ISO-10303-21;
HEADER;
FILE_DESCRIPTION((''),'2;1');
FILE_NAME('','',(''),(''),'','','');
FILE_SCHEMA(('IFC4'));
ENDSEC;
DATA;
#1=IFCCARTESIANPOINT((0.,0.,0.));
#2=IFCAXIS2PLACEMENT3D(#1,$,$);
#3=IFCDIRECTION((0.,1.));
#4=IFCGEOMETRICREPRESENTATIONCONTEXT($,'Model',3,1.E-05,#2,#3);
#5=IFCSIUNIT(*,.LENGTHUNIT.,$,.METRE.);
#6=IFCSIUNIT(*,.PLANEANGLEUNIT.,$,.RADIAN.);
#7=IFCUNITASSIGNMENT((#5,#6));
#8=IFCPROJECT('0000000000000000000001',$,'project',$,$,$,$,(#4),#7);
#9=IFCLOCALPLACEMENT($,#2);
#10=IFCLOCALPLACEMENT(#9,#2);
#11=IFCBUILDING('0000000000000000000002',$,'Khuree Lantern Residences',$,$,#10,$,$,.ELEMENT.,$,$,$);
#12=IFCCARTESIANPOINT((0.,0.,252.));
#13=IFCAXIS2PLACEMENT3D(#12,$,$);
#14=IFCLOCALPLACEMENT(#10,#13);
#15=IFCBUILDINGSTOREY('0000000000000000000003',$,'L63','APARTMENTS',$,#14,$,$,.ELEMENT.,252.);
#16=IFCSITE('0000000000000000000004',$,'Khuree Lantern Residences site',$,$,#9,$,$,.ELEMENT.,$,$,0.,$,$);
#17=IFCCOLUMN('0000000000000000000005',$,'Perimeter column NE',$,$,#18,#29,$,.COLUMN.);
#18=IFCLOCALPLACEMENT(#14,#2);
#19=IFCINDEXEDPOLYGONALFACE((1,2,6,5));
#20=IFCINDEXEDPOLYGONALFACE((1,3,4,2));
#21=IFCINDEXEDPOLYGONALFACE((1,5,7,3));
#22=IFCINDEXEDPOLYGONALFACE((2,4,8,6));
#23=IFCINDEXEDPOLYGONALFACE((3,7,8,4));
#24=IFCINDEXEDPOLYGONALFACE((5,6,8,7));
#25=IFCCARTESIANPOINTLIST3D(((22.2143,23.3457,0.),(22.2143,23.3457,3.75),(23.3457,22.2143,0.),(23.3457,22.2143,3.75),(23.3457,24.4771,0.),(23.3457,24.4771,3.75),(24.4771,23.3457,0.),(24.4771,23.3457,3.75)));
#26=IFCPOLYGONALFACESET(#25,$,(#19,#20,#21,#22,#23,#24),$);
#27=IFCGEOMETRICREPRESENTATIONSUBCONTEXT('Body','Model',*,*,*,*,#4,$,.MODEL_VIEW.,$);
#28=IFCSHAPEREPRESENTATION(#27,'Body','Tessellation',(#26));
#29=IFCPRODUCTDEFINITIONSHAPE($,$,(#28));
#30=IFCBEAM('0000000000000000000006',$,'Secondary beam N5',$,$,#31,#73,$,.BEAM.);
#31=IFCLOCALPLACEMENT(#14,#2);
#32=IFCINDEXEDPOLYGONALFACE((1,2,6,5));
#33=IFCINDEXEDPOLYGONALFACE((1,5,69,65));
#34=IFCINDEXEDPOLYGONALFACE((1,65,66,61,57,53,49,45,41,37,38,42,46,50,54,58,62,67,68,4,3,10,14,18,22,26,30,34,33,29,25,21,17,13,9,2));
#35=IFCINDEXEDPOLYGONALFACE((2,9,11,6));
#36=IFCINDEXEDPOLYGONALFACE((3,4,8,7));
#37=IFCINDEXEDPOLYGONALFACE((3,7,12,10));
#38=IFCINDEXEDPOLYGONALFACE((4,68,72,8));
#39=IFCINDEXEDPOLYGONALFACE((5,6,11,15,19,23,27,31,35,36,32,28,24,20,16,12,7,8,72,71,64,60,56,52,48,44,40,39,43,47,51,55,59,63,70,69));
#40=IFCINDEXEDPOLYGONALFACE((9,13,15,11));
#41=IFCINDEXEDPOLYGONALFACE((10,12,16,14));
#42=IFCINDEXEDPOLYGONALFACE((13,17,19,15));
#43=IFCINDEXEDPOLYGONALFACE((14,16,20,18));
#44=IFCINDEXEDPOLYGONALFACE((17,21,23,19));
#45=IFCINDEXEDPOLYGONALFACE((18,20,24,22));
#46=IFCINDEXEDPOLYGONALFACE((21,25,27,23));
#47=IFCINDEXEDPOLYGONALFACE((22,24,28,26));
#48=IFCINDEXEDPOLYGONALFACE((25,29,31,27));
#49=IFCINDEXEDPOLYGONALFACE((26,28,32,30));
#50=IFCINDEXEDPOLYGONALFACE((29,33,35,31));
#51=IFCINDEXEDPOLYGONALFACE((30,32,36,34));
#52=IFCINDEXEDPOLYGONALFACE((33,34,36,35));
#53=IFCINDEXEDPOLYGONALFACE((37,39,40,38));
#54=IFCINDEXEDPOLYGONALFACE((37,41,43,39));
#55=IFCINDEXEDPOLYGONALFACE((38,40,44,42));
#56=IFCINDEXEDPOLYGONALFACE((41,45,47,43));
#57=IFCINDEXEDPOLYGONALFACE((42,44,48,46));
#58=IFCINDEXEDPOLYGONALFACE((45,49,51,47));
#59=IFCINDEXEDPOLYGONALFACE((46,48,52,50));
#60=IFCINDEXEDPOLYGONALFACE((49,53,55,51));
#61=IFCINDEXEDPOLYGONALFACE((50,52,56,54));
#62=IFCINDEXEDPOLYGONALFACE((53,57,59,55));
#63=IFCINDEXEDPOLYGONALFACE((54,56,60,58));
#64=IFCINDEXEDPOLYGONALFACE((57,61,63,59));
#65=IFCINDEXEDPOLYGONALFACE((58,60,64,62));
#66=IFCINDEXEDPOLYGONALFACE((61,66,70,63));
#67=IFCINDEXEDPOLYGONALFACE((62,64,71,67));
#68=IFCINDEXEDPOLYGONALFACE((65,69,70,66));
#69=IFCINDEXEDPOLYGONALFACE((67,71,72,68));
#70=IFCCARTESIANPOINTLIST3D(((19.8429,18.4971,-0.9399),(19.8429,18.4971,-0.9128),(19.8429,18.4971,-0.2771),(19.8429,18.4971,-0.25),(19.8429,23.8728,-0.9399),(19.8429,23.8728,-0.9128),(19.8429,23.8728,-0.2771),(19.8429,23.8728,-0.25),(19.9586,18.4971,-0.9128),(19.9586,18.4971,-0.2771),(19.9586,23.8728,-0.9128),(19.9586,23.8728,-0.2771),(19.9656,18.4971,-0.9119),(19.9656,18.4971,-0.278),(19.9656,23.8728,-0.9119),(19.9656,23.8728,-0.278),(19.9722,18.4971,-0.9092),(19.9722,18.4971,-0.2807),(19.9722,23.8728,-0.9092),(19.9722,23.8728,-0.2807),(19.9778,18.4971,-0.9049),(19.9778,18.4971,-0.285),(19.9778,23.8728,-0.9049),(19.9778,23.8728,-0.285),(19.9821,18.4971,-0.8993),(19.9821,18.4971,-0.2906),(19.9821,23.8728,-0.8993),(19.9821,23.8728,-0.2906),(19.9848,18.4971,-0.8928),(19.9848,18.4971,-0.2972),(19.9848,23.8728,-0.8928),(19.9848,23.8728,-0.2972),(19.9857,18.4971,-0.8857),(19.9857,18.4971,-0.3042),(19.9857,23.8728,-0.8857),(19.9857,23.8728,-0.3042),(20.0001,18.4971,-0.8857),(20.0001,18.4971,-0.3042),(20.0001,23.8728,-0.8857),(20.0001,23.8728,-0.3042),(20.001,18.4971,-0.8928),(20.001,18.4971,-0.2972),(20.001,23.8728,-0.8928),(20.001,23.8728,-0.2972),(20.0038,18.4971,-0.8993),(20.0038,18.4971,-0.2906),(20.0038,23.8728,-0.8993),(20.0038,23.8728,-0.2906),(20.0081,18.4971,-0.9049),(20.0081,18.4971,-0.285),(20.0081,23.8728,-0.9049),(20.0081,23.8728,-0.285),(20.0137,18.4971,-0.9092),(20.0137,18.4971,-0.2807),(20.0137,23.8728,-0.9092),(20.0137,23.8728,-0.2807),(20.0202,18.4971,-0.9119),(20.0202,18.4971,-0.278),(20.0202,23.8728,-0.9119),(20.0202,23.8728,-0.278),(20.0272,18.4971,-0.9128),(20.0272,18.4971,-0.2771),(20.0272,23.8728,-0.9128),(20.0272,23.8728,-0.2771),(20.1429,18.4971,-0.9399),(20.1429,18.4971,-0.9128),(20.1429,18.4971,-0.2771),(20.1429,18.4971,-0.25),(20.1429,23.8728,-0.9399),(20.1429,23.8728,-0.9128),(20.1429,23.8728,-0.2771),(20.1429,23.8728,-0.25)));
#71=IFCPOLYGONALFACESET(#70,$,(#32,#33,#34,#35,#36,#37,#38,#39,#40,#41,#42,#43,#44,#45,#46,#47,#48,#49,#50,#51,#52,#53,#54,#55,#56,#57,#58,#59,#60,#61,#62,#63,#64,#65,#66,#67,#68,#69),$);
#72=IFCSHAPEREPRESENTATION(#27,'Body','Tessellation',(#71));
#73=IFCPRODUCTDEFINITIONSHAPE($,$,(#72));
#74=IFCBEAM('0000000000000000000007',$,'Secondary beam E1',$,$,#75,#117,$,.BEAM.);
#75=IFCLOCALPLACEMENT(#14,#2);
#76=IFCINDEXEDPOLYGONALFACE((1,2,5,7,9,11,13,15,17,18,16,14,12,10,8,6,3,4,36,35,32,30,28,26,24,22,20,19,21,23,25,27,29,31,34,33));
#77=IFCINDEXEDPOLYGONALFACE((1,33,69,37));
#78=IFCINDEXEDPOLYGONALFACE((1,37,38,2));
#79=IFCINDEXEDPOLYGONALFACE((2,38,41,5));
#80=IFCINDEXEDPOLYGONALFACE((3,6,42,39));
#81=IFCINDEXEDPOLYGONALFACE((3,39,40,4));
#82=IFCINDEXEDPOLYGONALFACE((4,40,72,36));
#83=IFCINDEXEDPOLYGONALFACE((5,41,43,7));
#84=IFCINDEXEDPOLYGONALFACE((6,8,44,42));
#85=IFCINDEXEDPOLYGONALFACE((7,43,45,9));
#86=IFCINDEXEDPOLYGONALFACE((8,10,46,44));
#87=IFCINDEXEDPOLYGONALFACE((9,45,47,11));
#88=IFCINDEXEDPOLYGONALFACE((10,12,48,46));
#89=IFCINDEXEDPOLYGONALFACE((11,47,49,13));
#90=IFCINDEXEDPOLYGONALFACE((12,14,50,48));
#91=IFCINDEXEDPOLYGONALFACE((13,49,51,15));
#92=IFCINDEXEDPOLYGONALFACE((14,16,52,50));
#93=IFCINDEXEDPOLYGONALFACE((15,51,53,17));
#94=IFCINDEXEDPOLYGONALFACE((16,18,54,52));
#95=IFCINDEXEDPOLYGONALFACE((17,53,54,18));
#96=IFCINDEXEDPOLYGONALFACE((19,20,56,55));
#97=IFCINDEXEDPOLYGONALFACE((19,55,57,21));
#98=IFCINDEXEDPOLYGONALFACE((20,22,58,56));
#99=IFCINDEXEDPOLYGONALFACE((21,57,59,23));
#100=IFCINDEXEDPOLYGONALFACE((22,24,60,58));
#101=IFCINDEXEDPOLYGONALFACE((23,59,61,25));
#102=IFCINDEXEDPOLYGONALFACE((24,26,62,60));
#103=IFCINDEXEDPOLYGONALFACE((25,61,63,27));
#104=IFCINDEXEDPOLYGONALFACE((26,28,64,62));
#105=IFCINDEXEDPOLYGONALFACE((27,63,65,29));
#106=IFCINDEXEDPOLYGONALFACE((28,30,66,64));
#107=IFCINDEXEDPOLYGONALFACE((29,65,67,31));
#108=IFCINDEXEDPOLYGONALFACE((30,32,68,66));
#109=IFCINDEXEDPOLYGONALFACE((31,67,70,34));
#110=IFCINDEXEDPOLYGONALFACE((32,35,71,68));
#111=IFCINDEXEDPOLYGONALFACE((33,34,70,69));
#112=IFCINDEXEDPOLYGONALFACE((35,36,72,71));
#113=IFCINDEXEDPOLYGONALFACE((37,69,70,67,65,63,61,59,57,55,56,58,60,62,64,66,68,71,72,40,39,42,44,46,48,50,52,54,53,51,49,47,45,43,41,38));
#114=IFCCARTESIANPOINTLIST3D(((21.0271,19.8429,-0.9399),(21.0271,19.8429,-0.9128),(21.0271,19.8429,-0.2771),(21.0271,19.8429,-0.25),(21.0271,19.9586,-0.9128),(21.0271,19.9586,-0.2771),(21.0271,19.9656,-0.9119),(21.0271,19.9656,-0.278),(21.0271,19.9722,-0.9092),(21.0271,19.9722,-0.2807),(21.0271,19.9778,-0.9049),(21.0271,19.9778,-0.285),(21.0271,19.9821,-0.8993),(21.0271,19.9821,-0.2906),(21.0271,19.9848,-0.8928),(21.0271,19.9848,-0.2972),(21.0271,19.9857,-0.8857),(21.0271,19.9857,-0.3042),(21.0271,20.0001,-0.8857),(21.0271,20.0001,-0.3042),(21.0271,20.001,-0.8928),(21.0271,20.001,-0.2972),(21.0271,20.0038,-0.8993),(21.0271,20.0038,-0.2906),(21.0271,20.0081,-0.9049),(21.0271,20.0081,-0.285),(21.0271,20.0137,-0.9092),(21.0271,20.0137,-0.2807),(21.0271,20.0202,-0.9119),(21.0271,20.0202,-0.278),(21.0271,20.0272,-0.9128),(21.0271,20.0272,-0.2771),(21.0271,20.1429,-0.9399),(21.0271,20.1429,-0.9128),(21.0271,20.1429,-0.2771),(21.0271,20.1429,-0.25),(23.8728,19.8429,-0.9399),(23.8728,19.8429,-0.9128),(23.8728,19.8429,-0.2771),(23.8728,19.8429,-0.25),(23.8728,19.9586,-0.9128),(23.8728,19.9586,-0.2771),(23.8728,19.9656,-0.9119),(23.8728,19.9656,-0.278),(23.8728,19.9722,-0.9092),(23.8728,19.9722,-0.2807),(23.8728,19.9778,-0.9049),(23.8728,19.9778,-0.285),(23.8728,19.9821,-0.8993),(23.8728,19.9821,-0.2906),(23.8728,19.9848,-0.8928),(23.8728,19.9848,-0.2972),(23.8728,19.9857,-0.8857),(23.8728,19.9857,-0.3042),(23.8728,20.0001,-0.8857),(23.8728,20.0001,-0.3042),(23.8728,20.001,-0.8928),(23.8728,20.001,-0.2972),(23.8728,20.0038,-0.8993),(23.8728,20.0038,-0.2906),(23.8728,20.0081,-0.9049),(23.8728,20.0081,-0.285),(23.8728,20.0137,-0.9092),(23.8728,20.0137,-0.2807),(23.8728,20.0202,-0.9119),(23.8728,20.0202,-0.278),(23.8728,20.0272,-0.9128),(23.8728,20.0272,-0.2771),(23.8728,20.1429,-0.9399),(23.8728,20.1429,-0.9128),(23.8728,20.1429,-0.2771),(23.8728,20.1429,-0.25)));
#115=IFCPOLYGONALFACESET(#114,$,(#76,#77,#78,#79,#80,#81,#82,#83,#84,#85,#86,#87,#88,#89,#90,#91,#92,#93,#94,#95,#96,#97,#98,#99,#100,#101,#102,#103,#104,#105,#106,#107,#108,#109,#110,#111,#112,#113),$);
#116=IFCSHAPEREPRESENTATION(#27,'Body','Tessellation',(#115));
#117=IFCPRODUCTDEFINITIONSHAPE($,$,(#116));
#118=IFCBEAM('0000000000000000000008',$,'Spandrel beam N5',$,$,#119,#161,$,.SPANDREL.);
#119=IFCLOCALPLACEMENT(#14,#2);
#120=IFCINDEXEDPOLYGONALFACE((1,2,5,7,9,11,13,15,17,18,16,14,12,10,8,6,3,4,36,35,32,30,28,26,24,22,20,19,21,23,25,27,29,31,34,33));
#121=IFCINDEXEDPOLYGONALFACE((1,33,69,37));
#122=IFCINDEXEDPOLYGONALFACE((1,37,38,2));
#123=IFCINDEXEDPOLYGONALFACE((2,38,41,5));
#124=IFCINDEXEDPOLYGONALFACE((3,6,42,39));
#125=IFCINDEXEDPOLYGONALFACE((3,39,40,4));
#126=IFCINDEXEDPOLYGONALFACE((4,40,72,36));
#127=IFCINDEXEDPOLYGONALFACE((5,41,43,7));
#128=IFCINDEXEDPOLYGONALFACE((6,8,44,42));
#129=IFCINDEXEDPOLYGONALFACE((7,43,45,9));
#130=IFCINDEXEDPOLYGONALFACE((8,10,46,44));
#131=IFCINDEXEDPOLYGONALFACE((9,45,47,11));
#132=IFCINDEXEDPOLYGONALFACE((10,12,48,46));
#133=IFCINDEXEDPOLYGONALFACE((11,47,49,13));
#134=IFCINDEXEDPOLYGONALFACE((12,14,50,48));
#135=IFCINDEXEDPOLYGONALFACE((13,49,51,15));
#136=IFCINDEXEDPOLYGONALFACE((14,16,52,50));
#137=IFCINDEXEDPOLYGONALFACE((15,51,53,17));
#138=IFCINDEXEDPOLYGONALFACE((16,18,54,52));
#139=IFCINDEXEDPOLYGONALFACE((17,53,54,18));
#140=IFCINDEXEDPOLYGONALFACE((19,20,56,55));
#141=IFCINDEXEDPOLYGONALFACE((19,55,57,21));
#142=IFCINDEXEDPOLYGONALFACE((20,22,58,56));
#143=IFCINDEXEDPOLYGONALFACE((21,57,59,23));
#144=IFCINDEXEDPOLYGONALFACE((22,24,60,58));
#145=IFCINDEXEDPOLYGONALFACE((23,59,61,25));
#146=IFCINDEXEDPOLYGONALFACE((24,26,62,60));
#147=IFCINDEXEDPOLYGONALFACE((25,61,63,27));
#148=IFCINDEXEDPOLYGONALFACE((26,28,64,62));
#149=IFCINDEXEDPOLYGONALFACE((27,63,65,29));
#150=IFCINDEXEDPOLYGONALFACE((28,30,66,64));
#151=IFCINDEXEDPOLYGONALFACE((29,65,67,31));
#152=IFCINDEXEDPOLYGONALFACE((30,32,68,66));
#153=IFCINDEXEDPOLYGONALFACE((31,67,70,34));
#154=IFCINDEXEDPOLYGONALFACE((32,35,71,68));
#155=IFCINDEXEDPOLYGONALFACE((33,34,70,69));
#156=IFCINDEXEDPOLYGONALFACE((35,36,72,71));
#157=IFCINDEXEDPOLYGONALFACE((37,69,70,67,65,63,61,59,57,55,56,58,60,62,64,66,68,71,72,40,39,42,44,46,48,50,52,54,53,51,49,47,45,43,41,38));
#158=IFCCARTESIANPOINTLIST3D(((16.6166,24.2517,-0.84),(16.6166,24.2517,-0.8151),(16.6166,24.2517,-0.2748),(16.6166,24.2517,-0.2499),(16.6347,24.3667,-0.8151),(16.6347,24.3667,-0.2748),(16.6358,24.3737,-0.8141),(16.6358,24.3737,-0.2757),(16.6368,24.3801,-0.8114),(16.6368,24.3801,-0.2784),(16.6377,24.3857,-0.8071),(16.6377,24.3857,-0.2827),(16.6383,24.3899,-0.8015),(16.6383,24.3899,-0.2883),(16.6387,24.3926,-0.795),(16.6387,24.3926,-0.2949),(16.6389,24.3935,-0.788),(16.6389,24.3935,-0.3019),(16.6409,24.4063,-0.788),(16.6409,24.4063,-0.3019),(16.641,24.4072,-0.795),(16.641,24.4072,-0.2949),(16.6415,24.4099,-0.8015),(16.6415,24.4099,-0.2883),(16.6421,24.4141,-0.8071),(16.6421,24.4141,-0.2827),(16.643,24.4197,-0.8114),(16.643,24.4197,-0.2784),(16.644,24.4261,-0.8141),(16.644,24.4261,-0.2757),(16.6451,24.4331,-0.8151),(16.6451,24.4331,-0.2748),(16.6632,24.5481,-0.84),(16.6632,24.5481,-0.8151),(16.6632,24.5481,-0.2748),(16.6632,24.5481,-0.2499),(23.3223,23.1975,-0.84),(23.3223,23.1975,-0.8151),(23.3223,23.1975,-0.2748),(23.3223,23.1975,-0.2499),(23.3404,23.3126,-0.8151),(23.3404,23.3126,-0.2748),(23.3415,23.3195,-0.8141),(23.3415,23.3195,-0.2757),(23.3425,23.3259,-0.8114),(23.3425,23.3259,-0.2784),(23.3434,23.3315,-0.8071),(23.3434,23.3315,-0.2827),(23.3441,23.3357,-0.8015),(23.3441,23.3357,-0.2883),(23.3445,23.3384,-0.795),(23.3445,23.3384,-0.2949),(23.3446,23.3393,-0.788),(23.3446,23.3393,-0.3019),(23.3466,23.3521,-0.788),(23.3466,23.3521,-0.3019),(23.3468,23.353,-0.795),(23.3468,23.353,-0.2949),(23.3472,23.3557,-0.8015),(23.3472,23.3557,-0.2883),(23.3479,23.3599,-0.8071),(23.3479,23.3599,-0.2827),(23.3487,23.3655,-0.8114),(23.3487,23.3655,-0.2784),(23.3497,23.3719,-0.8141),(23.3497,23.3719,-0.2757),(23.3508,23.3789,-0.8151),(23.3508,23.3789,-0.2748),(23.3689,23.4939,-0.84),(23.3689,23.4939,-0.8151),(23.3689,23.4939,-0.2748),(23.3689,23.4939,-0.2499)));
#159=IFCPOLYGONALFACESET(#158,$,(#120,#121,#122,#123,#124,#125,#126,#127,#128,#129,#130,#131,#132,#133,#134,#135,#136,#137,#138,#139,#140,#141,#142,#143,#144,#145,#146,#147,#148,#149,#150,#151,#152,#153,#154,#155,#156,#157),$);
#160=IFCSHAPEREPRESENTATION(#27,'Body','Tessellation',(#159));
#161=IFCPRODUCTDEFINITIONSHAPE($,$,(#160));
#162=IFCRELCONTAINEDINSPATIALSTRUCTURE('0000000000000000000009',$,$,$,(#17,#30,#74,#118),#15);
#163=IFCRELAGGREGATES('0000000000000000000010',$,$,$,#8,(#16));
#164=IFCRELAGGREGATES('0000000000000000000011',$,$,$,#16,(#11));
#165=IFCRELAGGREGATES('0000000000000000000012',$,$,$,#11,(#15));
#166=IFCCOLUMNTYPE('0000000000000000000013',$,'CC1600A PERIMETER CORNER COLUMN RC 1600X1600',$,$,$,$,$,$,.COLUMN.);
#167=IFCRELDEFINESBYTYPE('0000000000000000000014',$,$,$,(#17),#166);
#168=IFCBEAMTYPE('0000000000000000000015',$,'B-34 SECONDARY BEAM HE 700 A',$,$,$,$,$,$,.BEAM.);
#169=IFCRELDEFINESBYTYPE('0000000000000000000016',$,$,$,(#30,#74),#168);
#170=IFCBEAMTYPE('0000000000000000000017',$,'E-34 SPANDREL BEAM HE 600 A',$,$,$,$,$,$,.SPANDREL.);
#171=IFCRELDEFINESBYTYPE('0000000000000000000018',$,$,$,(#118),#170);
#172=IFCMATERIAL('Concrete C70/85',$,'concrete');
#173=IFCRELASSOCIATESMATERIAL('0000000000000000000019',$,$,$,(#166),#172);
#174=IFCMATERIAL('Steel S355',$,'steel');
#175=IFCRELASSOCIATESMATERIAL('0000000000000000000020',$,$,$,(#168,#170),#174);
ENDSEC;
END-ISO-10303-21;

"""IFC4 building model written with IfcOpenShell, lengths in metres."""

from ifc_helpers import new_model, si_unit, direction, frame, origin, origin_2d, place, context, subcontext, project, spatial, rectangle, i_section, extrude, material, material_profile, profile_set, type_object, element, save


model = new_model("IFC4")

# Units and contexts
model_context = context("Model", 3, precision=1e-05, world=origin(), true_north=direction((0.0, 1.0)))
body_context = subcontext(model_context, "Body", "Model", "MODEL_VIEW")
ifc_project = project(units=[si_unit("LENGTHUNIT", "METRE"), si_unit("PLANEANGLEUNIT", "RADIAN")], contexts=[model_context])

# Site, building, storey
site_placement = place(None, origin())
site = spatial("IfcSite", under=ifc_project, at=site_placement, Name="Khuree Lantern Residences site", CompositionType="ELEMENT", RefElevation=0.0)
building_placement = place(site_placement, origin())
building = spatial("IfcBuilding", under=site, at=building_placement, Name="Khuree Lantern Residences", CompositionType="ELEMENT")
storey_placement = place(building_placement, frame((0.0, 0.0, 252.0)))
storey = spatial("IfcBuildingStorey", under=building, at=storey_placement, Name="L63", Description="APARTMENTS", CompositionType="ELEMENT", Elevation=252.0)

# Column
ifc_material_1 = material(Name="Concrete C70/85", Category="concrete")
ifc_material_profile_1 = material_profile(ifc_material_1, rectangle(XDim=1.6001, YDim=1.6001, at=origin_2d()), Name="RC 1600X1600")
ifc_profile_set_1 = profile_set([ifc_material_profile_1], Name="Concrete C70/85")
column_type = type_object("IfcColumnType", Name="CC1600A PERIMETER CORNER COLUMN RC 1600X1600", PredefinedType="COLUMN", material=ifc_profile_set_1)
column_placement = place(storey_placement, frame((23.3457, 23.3457, 0.0), z_axis=(0.0, 0.0, 1.0), x_axis=(0.707107, -0.707107, 0.0)))
element("IfcColumn", 1, at=column_placement, inside=storey, type_object=column_type, Name="Perimeter column NE", PredefinedType="COLUMN", context=body_context, shape_type="SweptSolid", body=[
    extrude(rectangle(XDim=1.6001, YDim=1.6001, at=origin_2d()), origin(), (0.0, 0.0, 1.0), 3.75),
])

# Beams
ifc_material_2 = material(Name="Steel S355", Category="steel")
ifc_material_profile_2 = material_profile(ifc_material_2, i_section(OverallWidth=0.3, OverallDepth=0.6899, WebThickness=0.0144, FlangeThickness=0.0271, FilletRadius=0.0271, at=origin_2d()), Name="HE 700 A")
ifc_profile_set_2 = profile_set([ifc_material_profile_2], Name="Steel S355")
beam_type_1 = type_object("IfcBeamType", Name="B-34 SECONDARY BEAM HE 700 A", PredefinedType="BEAM", material=ifc_profile_set_2)
beam_1_placement = place(storey_placement, frame((19.9929, 23.8728, -0.595), z_axis=(0.0, -1.0, 0.0), x_axis=(1.0, 0.0, 0.0)))
element("IfcBeam", 2, at=beam_1_placement, inside=storey, type_object=beam_type_1, Name="Secondary beam N5", PredefinedType="BEAM", context=body_context, shape_type="SweptSolid", body=[
    extrude(i_section(OverallWidth=0.3, OverallDepth=0.6899, WebThickness=0.0144, FlangeThickness=0.0271, FilletRadius=0.0271, at=origin_2d()), origin(), (0.0, 0.0, 1.0), 5.3757),
])
beam_2_placement = place(storey_placement, frame((23.8728, 19.9929, -0.595), z_axis=(-1.0, 0.0, 0.0), x_axis=(0.0, -1.0, 0.0)))
element("IfcBeam", 3, at=beam_2_placement, inside=storey, type_object=beam_type_1, Name="Secondary beam E1", PredefinedType="BEAM", context=body_context, shape_type="SweptSolid", body=[
    extrude(i_section(OverallWidth=0.3, OverallDepth=0.6899, WebThickness=0.0144, FlangeThickness=0.0271, FilletRadius=0.0271, at=origin_2d()), origin(), (0.0, 0.0, 1.0), 2.8457),
])
ifc_material_profile_3 = material_profile(ifc_material_2, i_section(OverallWidth=0.3, OverallDepth=0.5901, WebThickness=0.0129, FlangeThickness=0.0249, FilletRadius=0.0271, at=origin_2d()), Name="HE 600 A")
ifc_profile_set_3 = profile_set([ifc_material_profile_3], Name="Steel S355")
beam_type_2 = type_object("IfcBeamType", Name="E-34 SPANDREL BEAM HE 600 A", PredefinedType="SPANDREL", material=ifc_profile_set_3)
for number, where, z_axis, x_axis, name in (
    (4, (16.6399, 24.3999, -0.5449), (0.987867, -0.1553, 0.0), (0.1553, 0.987867, 0.0), "Spandrel beam N5"),
):
    element("IfcBeam", number, at=place(storey_placement, frame(where, z_axis=z_axis, x_axis=x_axis)), inside=storey, type_object=beam_type_2, Name=name, PredefinedType="SPANDREL", context=body_context, shape_type="SweptSolid", body=[
        extrude(i_section(OverallWidth=0.3, OverallDepth=0.5901, WebThickness=0.0129, FlangeThickness=0.0249, FilletRadius=0.0271, at=origin_2d()), origin(), (0.0, 0.0, 1.0), 6.7881),
    ])

save(model, "model.ifc")
